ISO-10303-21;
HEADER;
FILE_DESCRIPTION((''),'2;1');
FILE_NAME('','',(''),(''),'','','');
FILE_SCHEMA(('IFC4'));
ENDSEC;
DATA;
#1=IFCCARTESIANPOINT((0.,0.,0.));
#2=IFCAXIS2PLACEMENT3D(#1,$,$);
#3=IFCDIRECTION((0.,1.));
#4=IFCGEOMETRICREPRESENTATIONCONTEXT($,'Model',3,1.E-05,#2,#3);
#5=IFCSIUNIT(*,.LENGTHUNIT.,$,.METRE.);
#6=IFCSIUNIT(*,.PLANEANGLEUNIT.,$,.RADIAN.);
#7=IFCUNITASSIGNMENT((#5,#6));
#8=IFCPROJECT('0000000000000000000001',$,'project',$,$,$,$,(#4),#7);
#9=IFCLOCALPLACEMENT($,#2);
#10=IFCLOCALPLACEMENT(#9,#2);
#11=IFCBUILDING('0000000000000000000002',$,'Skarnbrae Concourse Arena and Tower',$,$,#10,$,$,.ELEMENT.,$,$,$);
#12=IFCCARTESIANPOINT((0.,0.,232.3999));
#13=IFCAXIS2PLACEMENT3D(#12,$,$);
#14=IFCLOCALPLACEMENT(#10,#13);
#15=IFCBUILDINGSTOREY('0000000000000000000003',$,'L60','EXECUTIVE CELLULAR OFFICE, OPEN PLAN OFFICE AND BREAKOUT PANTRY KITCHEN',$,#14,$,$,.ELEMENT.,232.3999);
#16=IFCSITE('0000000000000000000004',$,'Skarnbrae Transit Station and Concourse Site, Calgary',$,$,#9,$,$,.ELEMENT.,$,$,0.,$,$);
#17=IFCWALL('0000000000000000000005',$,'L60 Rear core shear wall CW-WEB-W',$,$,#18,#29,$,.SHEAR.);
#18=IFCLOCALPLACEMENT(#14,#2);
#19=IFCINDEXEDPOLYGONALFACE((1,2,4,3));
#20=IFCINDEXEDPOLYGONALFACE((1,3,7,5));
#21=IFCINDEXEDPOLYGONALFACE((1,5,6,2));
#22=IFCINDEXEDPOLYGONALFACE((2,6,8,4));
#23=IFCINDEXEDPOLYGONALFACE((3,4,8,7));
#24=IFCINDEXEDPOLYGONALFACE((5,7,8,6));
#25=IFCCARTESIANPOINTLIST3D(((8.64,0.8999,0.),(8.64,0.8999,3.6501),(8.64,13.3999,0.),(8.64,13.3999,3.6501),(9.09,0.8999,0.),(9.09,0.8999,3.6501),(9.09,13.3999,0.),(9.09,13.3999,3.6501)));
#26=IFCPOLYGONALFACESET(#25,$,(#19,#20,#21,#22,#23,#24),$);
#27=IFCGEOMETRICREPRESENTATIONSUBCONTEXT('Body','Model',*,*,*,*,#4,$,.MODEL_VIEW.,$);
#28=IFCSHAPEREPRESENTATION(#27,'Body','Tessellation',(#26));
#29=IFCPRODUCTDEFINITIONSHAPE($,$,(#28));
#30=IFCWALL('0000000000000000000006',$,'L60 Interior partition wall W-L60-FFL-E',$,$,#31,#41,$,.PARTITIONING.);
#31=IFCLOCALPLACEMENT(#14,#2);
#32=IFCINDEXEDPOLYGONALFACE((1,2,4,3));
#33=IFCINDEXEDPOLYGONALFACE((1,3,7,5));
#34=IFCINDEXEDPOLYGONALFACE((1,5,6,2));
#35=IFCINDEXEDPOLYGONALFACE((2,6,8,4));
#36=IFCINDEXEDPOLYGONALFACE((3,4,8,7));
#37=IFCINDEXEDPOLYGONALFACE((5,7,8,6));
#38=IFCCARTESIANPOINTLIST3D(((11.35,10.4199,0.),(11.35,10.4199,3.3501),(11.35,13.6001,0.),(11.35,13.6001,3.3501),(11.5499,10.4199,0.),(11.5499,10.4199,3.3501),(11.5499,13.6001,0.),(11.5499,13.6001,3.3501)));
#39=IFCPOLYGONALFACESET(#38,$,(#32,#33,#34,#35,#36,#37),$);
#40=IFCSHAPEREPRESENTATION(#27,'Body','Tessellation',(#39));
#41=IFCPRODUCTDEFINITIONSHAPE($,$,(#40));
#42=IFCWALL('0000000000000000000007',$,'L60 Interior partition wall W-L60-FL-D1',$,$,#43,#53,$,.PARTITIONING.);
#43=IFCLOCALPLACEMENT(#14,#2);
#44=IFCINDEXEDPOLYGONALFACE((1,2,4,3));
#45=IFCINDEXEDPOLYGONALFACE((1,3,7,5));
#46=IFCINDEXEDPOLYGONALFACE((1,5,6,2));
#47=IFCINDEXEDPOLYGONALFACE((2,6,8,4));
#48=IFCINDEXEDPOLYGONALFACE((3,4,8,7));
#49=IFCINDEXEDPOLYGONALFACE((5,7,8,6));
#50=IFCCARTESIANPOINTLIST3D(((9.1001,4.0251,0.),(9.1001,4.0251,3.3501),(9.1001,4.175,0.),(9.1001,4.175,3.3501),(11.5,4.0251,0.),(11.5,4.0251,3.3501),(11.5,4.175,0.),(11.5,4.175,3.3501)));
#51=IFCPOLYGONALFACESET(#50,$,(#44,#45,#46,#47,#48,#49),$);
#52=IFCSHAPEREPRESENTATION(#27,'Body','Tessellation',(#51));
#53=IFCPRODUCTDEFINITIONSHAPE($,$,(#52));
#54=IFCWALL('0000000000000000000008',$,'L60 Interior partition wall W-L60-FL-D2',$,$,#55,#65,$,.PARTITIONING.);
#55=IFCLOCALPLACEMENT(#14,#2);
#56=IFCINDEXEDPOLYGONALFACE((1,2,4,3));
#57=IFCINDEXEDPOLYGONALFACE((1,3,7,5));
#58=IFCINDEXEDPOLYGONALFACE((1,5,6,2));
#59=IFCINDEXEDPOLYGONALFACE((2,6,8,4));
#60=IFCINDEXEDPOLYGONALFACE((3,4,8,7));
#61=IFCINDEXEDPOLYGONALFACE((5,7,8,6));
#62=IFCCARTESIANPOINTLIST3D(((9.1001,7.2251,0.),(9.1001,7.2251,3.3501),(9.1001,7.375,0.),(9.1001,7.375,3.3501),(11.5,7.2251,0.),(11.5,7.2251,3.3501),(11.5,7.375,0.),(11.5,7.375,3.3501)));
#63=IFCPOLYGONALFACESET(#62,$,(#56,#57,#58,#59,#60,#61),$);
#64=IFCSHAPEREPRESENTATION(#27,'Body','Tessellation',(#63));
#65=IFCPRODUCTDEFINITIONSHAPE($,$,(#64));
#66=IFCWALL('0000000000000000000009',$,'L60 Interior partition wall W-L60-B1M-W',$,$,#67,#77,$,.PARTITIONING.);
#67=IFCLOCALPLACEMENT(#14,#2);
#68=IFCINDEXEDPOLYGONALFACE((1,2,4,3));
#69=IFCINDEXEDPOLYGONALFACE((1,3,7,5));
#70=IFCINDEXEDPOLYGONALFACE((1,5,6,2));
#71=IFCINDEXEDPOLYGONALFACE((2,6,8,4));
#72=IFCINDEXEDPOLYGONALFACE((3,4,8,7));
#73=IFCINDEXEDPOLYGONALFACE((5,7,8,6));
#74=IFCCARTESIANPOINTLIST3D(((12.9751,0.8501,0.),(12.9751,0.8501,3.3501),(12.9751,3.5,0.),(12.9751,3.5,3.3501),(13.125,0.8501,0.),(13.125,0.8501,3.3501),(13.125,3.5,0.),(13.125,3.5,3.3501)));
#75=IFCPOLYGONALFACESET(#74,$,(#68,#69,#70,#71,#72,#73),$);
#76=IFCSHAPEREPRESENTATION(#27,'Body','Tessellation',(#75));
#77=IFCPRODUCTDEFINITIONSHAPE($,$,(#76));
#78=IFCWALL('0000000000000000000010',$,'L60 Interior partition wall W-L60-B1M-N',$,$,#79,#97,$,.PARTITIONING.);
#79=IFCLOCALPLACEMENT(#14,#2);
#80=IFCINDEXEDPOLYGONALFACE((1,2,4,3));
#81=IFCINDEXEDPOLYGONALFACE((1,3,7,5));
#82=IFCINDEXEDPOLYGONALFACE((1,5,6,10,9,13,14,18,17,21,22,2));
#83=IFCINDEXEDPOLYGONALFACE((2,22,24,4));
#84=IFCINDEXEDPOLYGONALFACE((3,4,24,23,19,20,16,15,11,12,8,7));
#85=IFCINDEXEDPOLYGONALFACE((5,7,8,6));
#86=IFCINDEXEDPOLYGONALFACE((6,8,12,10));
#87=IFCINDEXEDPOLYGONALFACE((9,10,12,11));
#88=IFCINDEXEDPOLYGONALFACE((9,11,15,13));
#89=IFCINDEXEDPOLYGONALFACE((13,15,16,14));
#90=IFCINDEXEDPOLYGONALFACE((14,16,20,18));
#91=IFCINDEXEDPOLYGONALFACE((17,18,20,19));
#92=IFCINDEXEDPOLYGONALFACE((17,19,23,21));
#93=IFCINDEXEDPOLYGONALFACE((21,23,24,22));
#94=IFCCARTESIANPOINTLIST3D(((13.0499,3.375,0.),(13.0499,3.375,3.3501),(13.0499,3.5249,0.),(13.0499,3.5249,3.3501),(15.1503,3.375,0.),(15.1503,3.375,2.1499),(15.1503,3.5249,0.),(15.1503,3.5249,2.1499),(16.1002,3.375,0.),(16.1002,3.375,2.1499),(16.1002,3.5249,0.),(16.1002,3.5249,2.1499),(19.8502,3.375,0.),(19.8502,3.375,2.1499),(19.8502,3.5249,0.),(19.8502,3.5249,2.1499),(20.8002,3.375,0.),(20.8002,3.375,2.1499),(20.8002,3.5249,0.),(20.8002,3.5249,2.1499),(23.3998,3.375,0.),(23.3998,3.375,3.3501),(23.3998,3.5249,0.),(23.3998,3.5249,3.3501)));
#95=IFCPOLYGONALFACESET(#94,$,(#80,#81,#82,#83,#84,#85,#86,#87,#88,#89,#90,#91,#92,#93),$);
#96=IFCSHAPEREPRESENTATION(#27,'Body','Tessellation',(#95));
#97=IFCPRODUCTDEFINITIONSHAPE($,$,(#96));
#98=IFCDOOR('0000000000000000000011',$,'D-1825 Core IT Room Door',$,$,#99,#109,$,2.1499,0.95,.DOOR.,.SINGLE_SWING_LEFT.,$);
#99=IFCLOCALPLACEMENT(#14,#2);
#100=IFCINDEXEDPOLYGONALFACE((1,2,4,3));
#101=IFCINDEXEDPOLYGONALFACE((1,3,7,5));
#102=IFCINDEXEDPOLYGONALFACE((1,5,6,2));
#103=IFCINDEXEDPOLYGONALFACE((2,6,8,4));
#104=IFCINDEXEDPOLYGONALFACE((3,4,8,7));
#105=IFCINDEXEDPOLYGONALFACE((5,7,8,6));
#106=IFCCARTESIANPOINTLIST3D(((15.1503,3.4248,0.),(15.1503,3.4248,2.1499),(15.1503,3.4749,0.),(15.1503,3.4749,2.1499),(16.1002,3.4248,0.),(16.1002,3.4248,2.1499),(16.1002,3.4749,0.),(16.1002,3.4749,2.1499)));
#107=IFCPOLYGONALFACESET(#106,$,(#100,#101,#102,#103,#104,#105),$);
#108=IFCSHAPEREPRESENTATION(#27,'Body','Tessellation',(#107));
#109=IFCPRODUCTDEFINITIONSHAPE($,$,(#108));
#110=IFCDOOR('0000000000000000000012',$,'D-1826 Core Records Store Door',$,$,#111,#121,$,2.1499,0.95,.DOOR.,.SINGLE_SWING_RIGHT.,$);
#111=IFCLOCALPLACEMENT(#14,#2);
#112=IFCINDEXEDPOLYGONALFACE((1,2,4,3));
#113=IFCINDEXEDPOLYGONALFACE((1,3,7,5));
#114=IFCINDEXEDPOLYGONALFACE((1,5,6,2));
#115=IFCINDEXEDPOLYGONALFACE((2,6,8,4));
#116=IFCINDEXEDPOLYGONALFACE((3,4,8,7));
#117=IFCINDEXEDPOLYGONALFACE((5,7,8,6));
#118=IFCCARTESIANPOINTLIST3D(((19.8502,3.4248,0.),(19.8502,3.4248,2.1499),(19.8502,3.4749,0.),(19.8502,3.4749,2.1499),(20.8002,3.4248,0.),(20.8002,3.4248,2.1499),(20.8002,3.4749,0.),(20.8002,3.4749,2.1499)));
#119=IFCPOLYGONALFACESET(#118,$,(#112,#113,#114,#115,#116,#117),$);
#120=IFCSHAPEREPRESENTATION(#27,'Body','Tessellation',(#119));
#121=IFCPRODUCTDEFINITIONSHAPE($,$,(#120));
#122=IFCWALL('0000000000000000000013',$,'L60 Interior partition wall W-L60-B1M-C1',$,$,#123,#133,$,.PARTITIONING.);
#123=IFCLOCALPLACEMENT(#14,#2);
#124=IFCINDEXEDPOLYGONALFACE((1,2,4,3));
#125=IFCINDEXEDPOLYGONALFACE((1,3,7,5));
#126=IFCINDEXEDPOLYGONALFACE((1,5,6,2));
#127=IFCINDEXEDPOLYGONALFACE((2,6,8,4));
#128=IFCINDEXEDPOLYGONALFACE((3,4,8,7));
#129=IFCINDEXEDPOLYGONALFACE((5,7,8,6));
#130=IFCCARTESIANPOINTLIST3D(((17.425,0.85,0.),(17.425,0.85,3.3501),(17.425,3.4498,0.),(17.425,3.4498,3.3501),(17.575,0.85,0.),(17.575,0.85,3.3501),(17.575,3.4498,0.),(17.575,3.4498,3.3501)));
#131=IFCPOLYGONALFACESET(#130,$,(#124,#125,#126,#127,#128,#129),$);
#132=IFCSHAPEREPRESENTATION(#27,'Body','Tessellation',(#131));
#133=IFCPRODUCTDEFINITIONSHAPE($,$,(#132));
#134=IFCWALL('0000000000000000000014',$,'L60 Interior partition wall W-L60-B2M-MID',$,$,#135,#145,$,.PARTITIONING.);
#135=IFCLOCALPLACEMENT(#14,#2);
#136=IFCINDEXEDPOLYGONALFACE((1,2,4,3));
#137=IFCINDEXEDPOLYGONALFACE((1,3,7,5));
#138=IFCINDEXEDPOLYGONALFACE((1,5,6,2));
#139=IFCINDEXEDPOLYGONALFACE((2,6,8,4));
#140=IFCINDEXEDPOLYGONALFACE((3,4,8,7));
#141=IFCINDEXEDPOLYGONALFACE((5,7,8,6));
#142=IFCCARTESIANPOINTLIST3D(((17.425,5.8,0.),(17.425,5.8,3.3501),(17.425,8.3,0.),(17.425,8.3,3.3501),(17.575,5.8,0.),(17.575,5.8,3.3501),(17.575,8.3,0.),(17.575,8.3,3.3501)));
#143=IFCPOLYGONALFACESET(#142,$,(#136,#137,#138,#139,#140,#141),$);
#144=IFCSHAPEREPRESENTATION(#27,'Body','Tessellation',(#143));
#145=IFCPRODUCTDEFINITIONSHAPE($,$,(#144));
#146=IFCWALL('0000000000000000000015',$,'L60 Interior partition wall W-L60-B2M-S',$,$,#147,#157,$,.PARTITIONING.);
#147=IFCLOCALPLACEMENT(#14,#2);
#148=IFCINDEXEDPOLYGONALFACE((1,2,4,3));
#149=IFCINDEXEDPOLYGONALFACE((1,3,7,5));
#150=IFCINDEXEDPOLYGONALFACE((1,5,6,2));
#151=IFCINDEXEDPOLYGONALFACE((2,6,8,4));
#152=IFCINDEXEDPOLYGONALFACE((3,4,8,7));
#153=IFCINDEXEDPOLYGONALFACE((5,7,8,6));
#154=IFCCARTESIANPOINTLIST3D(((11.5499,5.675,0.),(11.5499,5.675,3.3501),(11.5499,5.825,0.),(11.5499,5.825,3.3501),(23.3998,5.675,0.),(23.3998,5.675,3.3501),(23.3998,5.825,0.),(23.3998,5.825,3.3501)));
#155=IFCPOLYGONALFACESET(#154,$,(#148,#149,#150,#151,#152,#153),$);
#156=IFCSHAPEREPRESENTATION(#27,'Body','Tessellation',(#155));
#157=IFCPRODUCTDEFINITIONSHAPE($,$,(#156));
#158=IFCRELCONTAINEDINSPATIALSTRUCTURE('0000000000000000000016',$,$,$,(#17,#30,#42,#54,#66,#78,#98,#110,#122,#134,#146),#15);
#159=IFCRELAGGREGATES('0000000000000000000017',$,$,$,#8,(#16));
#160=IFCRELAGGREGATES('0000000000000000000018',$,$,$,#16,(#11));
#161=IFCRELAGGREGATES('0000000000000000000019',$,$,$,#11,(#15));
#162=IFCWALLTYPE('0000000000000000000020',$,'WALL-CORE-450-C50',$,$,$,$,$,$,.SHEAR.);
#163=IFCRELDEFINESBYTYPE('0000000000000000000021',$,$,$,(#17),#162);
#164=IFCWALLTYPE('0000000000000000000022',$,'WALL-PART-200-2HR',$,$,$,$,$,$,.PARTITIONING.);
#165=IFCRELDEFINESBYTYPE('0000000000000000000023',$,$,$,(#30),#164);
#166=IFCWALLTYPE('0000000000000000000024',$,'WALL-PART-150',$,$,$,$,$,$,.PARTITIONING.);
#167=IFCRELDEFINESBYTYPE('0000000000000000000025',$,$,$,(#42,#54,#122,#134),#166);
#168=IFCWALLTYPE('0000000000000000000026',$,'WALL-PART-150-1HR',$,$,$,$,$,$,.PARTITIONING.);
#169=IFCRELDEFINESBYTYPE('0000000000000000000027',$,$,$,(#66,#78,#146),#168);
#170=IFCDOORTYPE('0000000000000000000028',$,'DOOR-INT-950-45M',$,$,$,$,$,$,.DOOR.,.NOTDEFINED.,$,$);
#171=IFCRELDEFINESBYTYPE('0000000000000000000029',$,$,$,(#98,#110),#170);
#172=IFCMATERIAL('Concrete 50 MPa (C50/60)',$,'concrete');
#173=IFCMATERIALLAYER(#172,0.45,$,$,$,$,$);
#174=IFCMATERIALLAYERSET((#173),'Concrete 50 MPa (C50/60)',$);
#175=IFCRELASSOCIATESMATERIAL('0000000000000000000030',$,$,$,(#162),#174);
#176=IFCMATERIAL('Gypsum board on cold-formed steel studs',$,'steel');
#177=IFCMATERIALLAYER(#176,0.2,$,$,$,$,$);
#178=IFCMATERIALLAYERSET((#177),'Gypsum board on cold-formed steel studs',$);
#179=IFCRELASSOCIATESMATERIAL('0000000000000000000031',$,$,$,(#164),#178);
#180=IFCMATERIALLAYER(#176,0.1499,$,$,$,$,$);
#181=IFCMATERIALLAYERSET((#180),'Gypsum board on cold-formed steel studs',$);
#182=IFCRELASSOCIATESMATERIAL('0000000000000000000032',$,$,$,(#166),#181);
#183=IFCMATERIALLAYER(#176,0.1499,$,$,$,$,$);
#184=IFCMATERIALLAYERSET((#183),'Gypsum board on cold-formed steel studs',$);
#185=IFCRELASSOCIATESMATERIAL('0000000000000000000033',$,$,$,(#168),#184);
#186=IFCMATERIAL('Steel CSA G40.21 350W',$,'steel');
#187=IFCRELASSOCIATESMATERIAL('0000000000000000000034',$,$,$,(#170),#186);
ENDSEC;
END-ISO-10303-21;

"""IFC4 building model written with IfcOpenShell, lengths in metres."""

from ifc_helpers import new_model, si_unit, direction, frame, frame_2d, origin, place, context, subcontext, project, spatial, rectangle, extrude, source, transform, mapped, material, layer, layer_set, type_object, element, fill, save


model = new_model("IFC4")

# Units and contexts
model_context = context("Model", 3, precision=1e-05, world=origin(), true_north=direction((0.0, 1.0)))
body_context = subcontext(model_context, "Body", "Model", "MODEL_VIEW")
ifc_project = project(units=[si_unit("LENGTHUNIT", "METRE"), si_unit("PLANEANGLEUNIT", "RADIAN")], contexts=[model_context])

# Site, building, storey
site_placement = place(None, origin())
site = spatial("IfcSite", under=ifc_project, at=site_placement, Name="Skarnbrae Transit Station and Concourse Site, Calgary", CompositionType="ELEMENT", RefElevation=0.0)
building_placement = place(site_placement, origin())
building = spatial("IfcBuilding", under=site, at=building_placement, Name="Skarnbrae Concourse Arena and Tower", CompositionType="ELEMENT")
storey_placement = place(building_placement, frame((0.0, 0.0, 232.3999)))
storey = spatial("IfcBuildingStorey", under=building, at=storey_placement, Name="L60", Description="EXECUTIVE CELLULAR OFFICE, OPEN PLAN OFFICE AND BREAKOUT PANTRY KITCHEN", CompositionType="ELEMENT", Elevation=232.3999)

# Walls
ifc_material_1 = material(Name="Concrete 50 MPa (C50/60)", Category="concrete")
ifc_layer_1 = layer(ifc_material_1, 0.45)
ifc_layer_set_1 = layer_set([ifc_layer_1], Name="Concrete 50 MPa (C50/60)")
wall_type_1 = type_object("IfcWallType", Name="WALL-CORE-450-C50", PredefinedType="SHEAR", material=ifc_layer_set_1)
shared_shape_1 = source(origin(), body_context, "Body", "SweptSolid", [
    extrude(rectangle(XDim=12.5, YDim=0.45, at=frame_2d((6.25, 0.0))), origin(), (0.0, 0.0, 1.0), 3.6501),
])
wall_1_placement = place(storey_placement, frame((8.865, 0.8999, 0.0), z_axis=(0.0, 0.0, 1.0), x_axis=(0.0, 1.0, 0.0)))
element("IfcWall", 1, at=wall_1_placement, inside=storey, type_object=wall_type_1, Name="L60 Rear core shear wall CW-WEB-W", PredefinedType="SHEAR", context=body_context, shape_type="MappedRepresentation", body=[
    mapped(shared_shape_1, transform((0.0, 0.0, 0.0))),
])
ifc_material_2 = material(Name="Gypsum board on cold-formed steel studs", Category="steel")
ifc_layer_2 = layer(ifc_material_2, 0.2)
ifc_layer_set_2 = layer_set([ifc_layer_2], Name="Gypsum board on cold-formed steel studs")
wall_type_2 = type_object("IfcWallType", Name="WALL-PART-200-2HR", PredefinedType="PARTITIONING", material=ifc_layer_set_2)
shared_shape_2 = source(origin(), body_context, "Body", "SweptSolid", [
    extrude(rectangle(XDim=3.1802, YDim=0.2, at=frame_2d((1.5901, 0.0))), origin(), (0.0, 0.0, 1.0), 3.3501),
])
wall_2_placement = place(storey_placement, frame((11.45, 10.4199, 0.0), z_axis=(0.0, 0.0, 1.0), x_axis=(0.0, 1.0, 0.0)))
element("IfcWall", 2, at=wall_2_placement, inside=storey, type_object=wall_type_2, Name="L60 Interior partition wall W-L60-FFL-E", PredefinedType="PARTITIONING", context=body_context, shape_type="MappedRepresentation", body=[
    mapped(shared_shape_2, transform((0.0, 0.0, 0.0))),
])

# Shared definitions
ifc_material_3 = material(Name="Steel CSA G40.21 350W", Category="steel")

# Walls
ifc_layer_3 = layer(ifc_material_2, 0.1499)
ifc_layer_set_3 = layer_set([ifc_layer_3], Name="Gypsum board on cold-formed steel studs")
wall_type_3 = type_object("IfcWallType", Name="WALL-PART-150", PredefinedType="PARTITIONING", material=ifc_layer_set_3)
shared_shape_3 = source(origin(), body_context, "Body", "SweptSolid", [
    extrude(rectangle(XDim=2.3999, YDim=0.1499, at=frame_2d((1.2, 0.0))), origin(), (0.0, 0.0, 1.0), 3.3501),
])
for number, where, z_axis, x_axis, name in (
    (3, (9.1001, 4.1001, 0.0), (0.0, 0.0, 1.0), (1.0, 0.0, 0.0), "L60 Interior partition wall W-L60-FL-D1"),
    (4, (9.1001, 7.3, 0.0), (0.0, 0.0, 1.0), (1.0, 0.0, 0.0), "L60 Interior partition wall W-L60-FL-D2"),
):
    element("IfcWall", number, at=place(storey_placement, frame(where, z_axis=z_axis, x_axis=x_axis)), inside=storey, type_object=wall_type_3, Name=name, PredefinedType="PARTITIONING", context=body_context, shape_type="MappedRepresentation", body=[
        mapped(shared_shape_3, transform((0.0, 0.0, 0.0))),
    ])
ifc_layer_4 = layer(ifc_material_2, 0.1499)
ifc_layer_set_4 = layer_set([ifc_layer_4], Name="Gypsum board on cold-formed steel studs")
wall_type_4 = type_object("IfcWallType", Name="WALL-PART-150-1HR", PredefinedType="PARTITIONING", material=ifc_layer_set_4)
shared_shape_4 = source(origin(), body_context, "Body", "SweptSolid", [
    extrude(rectangle(XDim=2.6499, YDim=0.1499, at=frame_2d((1.325, 0.0))), origin(), (0.0, 0.0, 1.0), 3.3501),
])
wall_3_placement = place(storey_placement, frame((13.05, 0.8501, 0.0), z_axis=(0.0, 0.0, 1.0), x_axis=(0.0, 1.0, 0.0)))
element("IfcWall", 5, at=wall_3_placement, inside=storey, type_object=wall_type_4, Name="L60 Interior partition wall W-L60-B1M-W", PredefinedType="PARTITIONING", context=body_context, shape_type="MappedRepresentation", body=[
    mapped(shared_shape_4, transform((0.0, 0.0, 0.0))),
])

# Wall, openings, doors
shared_shape_5 = source(origin(), body_context, "Body", "SweptSolid", [
    extrude(rectangle(XDim=10.3499, YDim=0.1499, at=frame_2d((5.1748, 0.0))), origin(), (0.0, 0.0, 1.0), 3.3501),
])
wall_4_placement = place(storey_placement, frame((13.05, 3.45, 0.0), z_axis=(0.0, 0.0, 1.0), x_axis=(1.0, 0.0, 0.0)))
wall_4 = element("IfcWall", 6, at=wall_4_placement, inside=storey, type_object=wall_type_4, Name="L60 Interior partition wall W-L60-B1M-N", PredefinedType="PARTITIONING", context=body_context, shape_type="MappedRepresentation", body=[
    mapped(shared_shape_5, transform((0.0, 0.0, 0.0))),
])
opening_1_placement = place(wall_4_placement, frame((2.1001, 0.0, 0.0)))
opening_1 = element("IfcOpeningElement", 7, at=opening_1_placement, cuts=wall_4, PredefinedType="OPENING", context=body_context, shape_type="SweptSolid", body=[
    extrude(rectangle(XDim=0.95, YDim=2.1499, at=frame_2d((0.4751, 1.075))), frame((0.0, 0.085, 0.0), z_axis=(0.0, -1.0, 0.0), x_axis=(1.0, 0.0, 0.0)), (0.0, 0.0, 1.0), 0.1699),
])
opening_2_placement = place(wall_4_placement, frame((6.8, 0.0, 0.0)))
opening_2 = element("IfcOpeningElement", 8, at=opening_2_placement, cuts=wall_4, PredefinedType="OPENING", context=body_context, shape_type="SweptSolid", body=[
    extrude(rectangle(XDim=0.95, YDim=2.1499, at=frame_2d((0.4751, 1.075))), frame((0.0, 0.085, 0.0), z_axis=(0.0, -1.0, 0.0), x_axis=(1.0, 0.0, 0.0)), (0.0, 0.0, 1.0), 0.1699),
])
door_type_1 = type_object("IfcDoorType", Name="DOOR-INT-950-45M", OperationType="NOTDEFINED", PredefinedType="DOOR", material=ifc_material_3)
shared_shape_6 = source(origin(), body_context, "Body", "SweptSolid", [
    extrude(rectangle(XDim=0.95, YDim=2.1499, at=frame_2d((0.4751, 1.075))), frame((0.0, 0.0249, 0.0), z_axis=(0.0, -1.0, 0.0), x_axis=(1.0, 0.0, 0.0)), (0.0, 0.0, 1.0), 0.05),
])
door_1_placement = place(opening_1_placement, origin())
door_1 = element("IfcDoor", 9, at=door_1_placement, inside=storey, type_object=door_type_1, Name="D-1825 Core IT Room Door", OperationType="SINGLE_SWING_LEFT", OverallHeight=2.1499, OverallWidth=0.95, PredefinedType="DOOR", context=body_context, shape_type="MappedRepresentation", body=[
    mapped(shared_shape_6, transform((0.0, 0.0, 0.0))),
])
fill(opening_1, door_1)
door_2_placement = place(opening_2_placement, origin())
door_2 = element("IfcDoor", 10, at=door_2_placement, inside=storey, type_object=door_type_1, Name="D-1826 Core Records Store Door", OperationType="SINGLE_SWING_RIGHT", OverallHeight=2.1499, OverallWidth=0.95, PredefinedType="DOOR", context=body_context, shape_type="MappedRepresentation", body=[
    mapped(shared_shape_6, transform((0.0, 0.0, 0.0))),
])
fill(opening_2, door_2)

# Walls
shared_shape_7 = source(origin(), body_context, "Body", "SweptSolid", [
    extrude(rectangle(XDim=2.5999, YDim=0.1499, at=frame_2d((1.2998, 0.0))), origin(), (0.0, 0.0, 1.0), 3.3501),
])
wall_5_placement = place(storey_placement, frame((17.5, 0.8501, 0.0), z_axis=(0.0, 0.0, 1.0), x_axis=(0.0, 1.0, 0.0)))
element("IfcWall", 11, at=wall_5_placement, inside=storey, type_object=wall_type_3, Name="L60 Interior partition wall W-L60-B1M-C1", PredefinedType="PARTITIONING", context=body_context, shape_type="MappedRepresentation", body=[
    mapped(shared_shape_7, transform((0.0, 0.0, 0.0))),
])
shared_shape_8 = source(origin(), body_context, "Body", "SweptSolid", [
    extrude(rectangle(XDim=2.5, YDim=0.1499, at=frame_2d((1.25, 0.0))), origin(), (0.0, 0.0, 1.0), 3.3501),
])
wall_6_placement = place(storey_placement, frame((17.5, 5.8, 0.0), z_axis=(0.0, 0.0, 1.0), x_axis=(0.0, 1.0, 0.0)))
element("IfcWall", 12, at=wall_6_placement, inside=storey, type_object=wall_type_3, Name="L60 Interior partition wall W-L60-B2M-MID", PredefinedType="PARTITIONING", context=body_context, shape_type="MappedRepresentation", body=[
    mapped(shared_shape_8, transform((0.0, 0.0, 0.0))),
])
shared_shape_9 = source(origin(), body_context, "Body", "SweptSolid", [
    extrude(rectangle(XDim=11.8499, YDim=0.1499, at=frame_2d((5.9248, 0.0))), origin(), (0.0, 0.0, 1.0), 3.3501),
])
wall_7_placement = place(storey_placement, frame((11.55, 5.75, 0.0), z_axis=(0.0, 0.0, 1.0), x_axis=(1.0, 0.0, 0.0)))
element("IfcWall", 13, at=wall_7_placement, inside=storey, type_object=wall_type_4, Name="L60 Interior partition wall W-L60-B2M-S", PredefinedType="PARTITIONING", context=body_context, shape_type="MappedRepresentation", body=[
    mapped(shared_shape_9, transform((0.0, 0.0, 0.0))),
])

save(model, "model.ifc")
